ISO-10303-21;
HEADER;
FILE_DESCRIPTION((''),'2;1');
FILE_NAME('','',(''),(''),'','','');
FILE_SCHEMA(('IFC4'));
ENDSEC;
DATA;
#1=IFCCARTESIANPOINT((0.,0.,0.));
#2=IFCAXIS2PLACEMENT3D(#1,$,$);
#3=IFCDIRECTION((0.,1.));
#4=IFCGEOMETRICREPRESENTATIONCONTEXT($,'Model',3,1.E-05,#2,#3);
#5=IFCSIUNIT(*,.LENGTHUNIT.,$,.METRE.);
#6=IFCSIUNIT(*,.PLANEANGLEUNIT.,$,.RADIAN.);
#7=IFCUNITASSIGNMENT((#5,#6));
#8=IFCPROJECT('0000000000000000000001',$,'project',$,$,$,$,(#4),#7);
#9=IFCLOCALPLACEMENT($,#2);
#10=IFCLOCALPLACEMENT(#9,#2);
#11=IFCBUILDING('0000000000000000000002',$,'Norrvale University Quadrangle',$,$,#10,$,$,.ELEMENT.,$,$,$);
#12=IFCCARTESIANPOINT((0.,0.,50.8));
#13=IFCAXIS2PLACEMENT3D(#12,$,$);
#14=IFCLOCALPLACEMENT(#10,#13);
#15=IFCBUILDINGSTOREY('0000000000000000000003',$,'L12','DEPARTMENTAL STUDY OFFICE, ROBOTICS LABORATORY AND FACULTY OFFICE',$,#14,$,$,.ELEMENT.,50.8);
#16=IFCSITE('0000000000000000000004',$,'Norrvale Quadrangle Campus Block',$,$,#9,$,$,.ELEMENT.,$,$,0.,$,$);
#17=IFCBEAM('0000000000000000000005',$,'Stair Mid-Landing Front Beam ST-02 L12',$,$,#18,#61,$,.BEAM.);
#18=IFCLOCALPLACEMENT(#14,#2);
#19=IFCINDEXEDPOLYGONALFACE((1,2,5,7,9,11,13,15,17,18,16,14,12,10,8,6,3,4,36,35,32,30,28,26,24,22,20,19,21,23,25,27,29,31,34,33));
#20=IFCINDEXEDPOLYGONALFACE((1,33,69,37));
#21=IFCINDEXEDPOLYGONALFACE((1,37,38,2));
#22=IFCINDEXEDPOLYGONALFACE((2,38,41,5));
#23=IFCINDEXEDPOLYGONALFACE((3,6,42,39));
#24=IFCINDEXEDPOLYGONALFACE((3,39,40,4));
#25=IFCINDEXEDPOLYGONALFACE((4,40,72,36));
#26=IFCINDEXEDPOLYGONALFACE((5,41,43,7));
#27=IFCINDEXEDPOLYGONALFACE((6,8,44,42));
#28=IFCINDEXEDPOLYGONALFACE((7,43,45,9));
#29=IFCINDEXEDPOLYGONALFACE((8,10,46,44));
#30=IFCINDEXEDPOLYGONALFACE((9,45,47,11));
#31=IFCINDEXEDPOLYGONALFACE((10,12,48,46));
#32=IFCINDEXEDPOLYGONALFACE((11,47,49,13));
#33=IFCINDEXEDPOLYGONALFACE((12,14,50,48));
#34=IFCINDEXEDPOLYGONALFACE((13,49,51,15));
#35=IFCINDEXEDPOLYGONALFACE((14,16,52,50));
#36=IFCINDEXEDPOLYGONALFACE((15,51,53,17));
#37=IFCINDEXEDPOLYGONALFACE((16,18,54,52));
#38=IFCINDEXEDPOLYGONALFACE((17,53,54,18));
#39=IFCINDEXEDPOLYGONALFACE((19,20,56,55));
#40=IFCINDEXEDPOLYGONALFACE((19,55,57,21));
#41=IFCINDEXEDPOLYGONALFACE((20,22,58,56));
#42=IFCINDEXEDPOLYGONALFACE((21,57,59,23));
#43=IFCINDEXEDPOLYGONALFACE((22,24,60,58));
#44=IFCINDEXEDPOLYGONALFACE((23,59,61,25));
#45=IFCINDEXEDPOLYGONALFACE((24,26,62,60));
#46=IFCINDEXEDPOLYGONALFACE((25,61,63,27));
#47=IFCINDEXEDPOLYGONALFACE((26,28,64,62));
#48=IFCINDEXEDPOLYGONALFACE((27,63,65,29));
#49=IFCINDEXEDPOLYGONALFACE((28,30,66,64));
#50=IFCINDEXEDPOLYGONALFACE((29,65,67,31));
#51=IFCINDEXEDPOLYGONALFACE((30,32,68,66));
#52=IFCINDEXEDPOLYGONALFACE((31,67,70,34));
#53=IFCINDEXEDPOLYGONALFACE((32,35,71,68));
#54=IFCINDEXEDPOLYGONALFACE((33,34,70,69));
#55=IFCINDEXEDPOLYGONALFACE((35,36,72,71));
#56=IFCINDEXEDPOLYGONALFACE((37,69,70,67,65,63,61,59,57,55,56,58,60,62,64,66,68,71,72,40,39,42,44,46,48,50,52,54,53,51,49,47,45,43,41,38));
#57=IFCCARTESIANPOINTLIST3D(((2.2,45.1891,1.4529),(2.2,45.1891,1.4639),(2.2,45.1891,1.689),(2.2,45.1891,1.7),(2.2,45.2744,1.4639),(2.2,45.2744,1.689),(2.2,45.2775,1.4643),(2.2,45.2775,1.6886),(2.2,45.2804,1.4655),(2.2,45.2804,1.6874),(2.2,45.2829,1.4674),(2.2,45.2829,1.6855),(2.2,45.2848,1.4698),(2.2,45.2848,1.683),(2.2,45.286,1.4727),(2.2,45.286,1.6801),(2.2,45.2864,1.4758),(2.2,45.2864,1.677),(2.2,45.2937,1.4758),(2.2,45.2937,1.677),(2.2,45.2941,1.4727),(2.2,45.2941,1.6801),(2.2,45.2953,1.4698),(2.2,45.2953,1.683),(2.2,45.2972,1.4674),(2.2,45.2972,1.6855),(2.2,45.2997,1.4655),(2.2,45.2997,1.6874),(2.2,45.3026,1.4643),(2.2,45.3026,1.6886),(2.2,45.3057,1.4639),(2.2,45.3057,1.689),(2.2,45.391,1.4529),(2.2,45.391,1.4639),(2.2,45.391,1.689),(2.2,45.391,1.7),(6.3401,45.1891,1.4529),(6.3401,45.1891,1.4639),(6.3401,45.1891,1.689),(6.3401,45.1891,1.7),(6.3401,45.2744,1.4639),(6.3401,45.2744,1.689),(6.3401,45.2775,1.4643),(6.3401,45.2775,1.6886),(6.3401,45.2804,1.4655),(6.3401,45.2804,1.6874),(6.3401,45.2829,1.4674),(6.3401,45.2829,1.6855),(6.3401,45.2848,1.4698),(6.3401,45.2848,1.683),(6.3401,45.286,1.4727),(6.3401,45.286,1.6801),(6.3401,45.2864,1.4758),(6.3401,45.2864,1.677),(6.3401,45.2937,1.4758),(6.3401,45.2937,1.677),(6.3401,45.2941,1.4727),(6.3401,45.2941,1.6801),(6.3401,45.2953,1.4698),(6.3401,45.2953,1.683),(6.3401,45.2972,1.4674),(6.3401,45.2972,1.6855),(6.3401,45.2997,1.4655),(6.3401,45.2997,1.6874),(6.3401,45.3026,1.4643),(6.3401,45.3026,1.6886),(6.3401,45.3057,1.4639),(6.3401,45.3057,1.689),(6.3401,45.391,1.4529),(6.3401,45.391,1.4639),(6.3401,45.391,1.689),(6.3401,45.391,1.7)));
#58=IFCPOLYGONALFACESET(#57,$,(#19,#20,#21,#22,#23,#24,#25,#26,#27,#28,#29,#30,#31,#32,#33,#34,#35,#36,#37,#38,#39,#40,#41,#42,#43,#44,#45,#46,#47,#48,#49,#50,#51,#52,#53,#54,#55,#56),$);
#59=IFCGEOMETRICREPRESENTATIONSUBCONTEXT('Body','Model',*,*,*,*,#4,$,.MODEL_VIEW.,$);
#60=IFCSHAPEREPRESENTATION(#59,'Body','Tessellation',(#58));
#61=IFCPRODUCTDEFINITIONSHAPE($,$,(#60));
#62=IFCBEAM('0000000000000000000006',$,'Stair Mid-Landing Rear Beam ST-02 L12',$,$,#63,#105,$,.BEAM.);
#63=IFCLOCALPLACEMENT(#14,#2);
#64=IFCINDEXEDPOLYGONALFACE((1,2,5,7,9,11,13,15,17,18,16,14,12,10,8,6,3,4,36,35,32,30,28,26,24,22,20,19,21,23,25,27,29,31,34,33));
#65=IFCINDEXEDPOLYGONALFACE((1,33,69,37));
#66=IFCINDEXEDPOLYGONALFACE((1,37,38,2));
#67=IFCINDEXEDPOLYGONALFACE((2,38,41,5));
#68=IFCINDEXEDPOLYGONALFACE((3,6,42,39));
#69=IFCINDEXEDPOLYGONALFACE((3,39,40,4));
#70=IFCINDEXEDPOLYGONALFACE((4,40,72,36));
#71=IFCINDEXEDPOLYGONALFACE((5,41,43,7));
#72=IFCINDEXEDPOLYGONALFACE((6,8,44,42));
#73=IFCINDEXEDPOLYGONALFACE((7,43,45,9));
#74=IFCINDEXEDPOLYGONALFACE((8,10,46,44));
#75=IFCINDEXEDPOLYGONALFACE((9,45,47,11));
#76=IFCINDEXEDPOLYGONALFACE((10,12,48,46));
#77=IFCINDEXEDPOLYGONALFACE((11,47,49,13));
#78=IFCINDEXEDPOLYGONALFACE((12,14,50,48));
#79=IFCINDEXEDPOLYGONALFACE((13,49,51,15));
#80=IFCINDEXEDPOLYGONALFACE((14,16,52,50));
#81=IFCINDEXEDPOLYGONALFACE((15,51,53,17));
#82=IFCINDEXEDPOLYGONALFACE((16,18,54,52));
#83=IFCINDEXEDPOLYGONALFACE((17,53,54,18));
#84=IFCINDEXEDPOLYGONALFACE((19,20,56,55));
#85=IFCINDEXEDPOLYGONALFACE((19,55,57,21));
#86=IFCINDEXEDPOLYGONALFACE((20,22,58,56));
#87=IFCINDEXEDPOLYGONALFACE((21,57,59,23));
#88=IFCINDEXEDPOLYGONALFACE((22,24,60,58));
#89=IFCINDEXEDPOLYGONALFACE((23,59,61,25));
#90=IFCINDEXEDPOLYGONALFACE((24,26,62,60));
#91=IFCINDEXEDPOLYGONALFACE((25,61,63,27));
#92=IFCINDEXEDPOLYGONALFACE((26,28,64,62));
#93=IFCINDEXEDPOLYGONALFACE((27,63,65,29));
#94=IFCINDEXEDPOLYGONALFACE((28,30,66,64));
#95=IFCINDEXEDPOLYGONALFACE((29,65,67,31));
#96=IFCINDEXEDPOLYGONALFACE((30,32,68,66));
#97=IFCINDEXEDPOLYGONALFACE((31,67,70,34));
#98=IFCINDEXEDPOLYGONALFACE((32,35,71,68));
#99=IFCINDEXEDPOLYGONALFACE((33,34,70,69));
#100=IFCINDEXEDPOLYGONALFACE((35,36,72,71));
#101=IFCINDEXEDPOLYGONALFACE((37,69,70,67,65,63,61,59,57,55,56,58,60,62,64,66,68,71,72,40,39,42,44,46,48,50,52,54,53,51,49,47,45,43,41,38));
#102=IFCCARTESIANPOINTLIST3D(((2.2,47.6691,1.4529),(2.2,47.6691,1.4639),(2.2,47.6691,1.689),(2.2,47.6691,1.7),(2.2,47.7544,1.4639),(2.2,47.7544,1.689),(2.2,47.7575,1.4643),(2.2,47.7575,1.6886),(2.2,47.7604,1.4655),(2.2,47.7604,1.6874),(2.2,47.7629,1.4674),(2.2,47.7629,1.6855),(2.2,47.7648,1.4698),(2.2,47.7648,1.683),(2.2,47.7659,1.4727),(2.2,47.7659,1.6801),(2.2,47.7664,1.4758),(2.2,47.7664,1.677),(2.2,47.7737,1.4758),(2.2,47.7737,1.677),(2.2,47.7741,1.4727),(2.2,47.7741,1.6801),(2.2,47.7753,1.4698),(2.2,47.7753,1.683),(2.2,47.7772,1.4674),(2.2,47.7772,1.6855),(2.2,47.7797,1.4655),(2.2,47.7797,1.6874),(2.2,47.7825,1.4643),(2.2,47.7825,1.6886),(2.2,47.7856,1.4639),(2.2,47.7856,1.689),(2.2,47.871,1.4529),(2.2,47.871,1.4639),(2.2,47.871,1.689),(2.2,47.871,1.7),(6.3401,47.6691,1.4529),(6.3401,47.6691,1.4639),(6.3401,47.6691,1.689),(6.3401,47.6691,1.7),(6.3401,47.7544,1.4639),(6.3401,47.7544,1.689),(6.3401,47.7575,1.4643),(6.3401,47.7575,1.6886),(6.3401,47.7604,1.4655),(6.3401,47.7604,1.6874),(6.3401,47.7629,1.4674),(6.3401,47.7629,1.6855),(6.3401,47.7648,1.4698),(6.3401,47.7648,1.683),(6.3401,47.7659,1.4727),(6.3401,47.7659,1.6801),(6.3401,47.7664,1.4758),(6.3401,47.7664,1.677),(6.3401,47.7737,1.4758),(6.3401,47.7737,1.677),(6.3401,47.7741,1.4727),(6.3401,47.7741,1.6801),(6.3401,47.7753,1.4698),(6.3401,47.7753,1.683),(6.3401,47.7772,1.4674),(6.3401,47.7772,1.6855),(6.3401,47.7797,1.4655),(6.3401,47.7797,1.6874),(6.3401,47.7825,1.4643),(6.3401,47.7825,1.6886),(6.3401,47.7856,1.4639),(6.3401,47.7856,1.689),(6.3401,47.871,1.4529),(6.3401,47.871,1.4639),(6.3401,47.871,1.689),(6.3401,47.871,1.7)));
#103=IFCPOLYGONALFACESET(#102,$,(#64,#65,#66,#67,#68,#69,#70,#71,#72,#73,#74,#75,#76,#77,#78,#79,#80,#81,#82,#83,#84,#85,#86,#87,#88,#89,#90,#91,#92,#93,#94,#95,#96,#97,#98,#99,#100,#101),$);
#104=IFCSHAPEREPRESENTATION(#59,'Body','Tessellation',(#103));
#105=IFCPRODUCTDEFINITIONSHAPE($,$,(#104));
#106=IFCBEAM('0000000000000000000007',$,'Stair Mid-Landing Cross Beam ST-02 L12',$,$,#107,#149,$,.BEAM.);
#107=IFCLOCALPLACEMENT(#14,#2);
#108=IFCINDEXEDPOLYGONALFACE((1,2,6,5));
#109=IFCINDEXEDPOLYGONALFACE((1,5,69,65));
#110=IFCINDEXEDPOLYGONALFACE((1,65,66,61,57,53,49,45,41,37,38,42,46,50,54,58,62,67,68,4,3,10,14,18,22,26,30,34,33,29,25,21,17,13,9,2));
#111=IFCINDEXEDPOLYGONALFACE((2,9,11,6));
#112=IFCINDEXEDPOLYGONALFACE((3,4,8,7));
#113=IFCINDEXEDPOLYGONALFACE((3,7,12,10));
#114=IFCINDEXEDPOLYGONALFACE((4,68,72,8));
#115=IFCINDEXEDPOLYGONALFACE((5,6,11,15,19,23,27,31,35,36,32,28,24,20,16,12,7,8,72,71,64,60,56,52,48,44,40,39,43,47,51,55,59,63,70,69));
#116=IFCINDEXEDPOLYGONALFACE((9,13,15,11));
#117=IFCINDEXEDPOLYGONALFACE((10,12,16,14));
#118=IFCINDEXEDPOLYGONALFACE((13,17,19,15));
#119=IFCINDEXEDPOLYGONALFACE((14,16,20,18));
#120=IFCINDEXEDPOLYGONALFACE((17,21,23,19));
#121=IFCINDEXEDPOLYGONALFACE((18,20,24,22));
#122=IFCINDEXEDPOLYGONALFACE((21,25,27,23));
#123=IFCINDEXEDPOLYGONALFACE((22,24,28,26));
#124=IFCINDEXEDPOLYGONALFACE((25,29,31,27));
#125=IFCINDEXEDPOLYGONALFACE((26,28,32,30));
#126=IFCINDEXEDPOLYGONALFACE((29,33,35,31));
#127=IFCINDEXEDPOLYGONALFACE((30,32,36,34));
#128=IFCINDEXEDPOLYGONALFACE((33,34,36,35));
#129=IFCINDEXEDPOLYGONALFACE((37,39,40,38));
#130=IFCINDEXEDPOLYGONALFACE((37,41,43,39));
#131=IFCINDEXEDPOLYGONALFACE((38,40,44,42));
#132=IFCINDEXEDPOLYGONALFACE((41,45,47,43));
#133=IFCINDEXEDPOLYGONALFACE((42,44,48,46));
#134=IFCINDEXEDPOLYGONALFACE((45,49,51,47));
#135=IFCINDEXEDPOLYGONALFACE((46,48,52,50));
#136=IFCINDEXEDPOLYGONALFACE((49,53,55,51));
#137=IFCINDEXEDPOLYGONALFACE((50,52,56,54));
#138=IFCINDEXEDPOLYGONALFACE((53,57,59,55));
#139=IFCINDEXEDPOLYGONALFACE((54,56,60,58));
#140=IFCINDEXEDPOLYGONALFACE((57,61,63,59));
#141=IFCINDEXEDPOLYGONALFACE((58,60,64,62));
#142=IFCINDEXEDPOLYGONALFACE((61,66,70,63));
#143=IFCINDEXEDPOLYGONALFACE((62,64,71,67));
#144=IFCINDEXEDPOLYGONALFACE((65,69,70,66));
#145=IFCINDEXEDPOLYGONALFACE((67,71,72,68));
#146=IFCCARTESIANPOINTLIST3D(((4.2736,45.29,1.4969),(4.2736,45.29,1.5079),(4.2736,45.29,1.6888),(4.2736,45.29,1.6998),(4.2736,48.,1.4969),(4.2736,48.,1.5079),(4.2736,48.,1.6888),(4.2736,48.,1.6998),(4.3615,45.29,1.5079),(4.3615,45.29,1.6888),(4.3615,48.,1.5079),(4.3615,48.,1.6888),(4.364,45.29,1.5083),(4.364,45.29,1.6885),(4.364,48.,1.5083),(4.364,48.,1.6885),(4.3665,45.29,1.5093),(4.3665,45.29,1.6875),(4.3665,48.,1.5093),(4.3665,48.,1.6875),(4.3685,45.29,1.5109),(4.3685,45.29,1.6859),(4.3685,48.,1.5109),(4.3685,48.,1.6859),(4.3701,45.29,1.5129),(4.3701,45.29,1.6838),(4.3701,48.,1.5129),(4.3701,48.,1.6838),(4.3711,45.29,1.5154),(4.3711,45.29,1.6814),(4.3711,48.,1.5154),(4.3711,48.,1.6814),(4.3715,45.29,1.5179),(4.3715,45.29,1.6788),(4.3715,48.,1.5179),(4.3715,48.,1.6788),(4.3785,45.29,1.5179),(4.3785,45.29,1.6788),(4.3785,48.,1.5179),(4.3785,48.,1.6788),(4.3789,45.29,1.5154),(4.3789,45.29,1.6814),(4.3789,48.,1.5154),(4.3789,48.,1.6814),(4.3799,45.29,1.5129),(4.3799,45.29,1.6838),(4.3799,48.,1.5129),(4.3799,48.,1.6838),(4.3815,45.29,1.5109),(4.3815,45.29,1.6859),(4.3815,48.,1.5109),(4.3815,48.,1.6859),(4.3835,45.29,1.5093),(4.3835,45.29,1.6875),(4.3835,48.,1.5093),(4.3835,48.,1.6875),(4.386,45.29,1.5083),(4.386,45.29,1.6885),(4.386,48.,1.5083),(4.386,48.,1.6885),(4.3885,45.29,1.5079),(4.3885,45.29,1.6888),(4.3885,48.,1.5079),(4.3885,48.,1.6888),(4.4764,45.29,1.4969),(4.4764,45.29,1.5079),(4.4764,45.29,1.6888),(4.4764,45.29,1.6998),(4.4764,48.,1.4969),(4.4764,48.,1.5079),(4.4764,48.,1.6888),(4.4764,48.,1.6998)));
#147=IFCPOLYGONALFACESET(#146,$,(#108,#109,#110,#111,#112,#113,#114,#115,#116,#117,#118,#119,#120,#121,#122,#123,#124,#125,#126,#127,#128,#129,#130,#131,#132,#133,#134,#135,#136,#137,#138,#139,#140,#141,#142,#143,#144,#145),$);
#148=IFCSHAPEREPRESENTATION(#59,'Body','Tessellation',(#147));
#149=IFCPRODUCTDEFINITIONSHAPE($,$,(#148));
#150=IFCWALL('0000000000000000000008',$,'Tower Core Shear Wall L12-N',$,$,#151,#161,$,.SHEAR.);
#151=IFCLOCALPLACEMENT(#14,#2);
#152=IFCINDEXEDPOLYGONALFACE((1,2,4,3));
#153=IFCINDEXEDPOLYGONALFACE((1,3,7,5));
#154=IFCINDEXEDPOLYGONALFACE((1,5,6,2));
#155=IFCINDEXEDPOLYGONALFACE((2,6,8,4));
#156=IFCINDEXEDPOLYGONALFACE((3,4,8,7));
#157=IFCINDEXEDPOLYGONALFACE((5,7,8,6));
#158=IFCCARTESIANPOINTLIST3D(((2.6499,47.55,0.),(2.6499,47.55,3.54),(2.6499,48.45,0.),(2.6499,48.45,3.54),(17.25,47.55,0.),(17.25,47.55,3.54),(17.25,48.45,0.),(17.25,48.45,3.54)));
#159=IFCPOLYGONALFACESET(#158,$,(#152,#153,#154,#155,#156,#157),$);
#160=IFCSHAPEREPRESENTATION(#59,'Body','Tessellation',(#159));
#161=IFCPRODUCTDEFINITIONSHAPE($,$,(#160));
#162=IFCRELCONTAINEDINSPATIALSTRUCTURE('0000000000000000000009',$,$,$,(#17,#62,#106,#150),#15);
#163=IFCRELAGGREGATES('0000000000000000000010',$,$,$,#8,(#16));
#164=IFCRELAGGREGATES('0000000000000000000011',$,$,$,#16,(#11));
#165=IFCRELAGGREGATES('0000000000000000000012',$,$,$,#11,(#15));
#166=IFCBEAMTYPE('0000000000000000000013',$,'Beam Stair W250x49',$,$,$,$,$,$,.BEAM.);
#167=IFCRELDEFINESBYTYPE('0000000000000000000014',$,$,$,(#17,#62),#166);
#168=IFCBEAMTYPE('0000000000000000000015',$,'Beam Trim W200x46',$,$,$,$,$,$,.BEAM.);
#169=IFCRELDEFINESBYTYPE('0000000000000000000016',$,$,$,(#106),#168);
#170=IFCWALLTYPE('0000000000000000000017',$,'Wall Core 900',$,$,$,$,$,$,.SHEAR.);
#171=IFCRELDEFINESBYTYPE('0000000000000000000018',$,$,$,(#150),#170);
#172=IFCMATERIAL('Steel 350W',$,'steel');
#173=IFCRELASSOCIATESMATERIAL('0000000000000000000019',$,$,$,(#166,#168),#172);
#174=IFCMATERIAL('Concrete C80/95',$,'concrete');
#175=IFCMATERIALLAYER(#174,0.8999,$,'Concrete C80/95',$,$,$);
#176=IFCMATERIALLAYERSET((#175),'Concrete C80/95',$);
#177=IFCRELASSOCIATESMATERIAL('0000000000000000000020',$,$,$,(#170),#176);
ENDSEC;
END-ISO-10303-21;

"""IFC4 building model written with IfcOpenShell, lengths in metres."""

from ifc_helpers import new_model, si_unit, direction, frame, frame_2d, origin, origin_2d, place, context, subcontext, project, spatial, rectangle, i_section, extrude, material, layer, layer_set, material_profile, profile_set, type_object, element, save


model = new_model("IFC4")

# Units and contexts
model_context = context("Model", 3, precision=1e-05, world=origin(), true_north=direction((0.0, 1.0)))
body_context = subcontext(model_context, "Body", "Model", "MODEL_VIEW")
ifc_project = project(units=[si_unit("LENGTHUNIT", "METRE"), si_unit("PLANEANGLEUNIT", "RADIAN")], contexts=[model_context])

# Site, building, storey
site_placement = place(None, origin())
site = spatial("IfcSite", under=ifc_project, at=site_placement, Name="Norrvale Quadrangle Campus Block", CompositionType="ELEMENT", RefElevation=0.0)
building_placement = place(site_placement, origin())
building = spatial("IfcBuilding", under=site, at=building_placement, Name="Norrvale University Quadrangle", CompositionType="ELEMENT")
storey_placement = place(building_placement, frame((0.0, 0.0, 50.8)))
storey = spatial("IfcBuildingStorey", under=building, at=storey_placement, Name="L12", Description="DEPARTMENTAL STUDY OFFICE, ROBOTICS LABORATORY AND FACULTY OFFICE", CompositionType="ELEMENT", Elevation=50.8)

# Shared definitions
ifc_material_1 = material(Name="Concrete C80/95", Category="concrete")

# Beams
ifc_material_2 = material(Name="Steel 350W", Category="steel")
ifc_material_profile_1 = material_profile(ifc_material_2, i_section(OverallWidth=0.2019, OverallDepth=0.2471, WebThickness=0.0073, FlangeThickness=0.011, FilletRadius=0.012, at=origin_2d()), Name="Steel 350W")
ifc_profile_set_1 = profile_set([ifc_material_profile_1], Name="Steel 350W")
beam_type_1 = type_object("IfcBeamType", Name="Beam Stair W250x49", PredefinedType="BEAM", material=ifc_profile_set_1)
for number, where, z_axis, x_axis, name in (
    (1, (2.2, 45.29, 1.5764), (1.0, 0.0, 0.0), (0.0, 1.0, 0.0), "Stair Mid-Landing Front Beam ST-02 L12"),
    (2, (2.2, 47.77, 1.5764), (1.0, 0.0, 0.0), (0.0, 1.0, 0.0), "Stair Mid-Landing Rear Beam ST-02 L12"),
):
    element("IfcBeam", number, at=place(storey_placement, frame(where, z_axis=z_axis, x_axis=x_axis)), inside=storey, type_object=beam_type_1, Name=name, PredefinedType="BEAM", context=body_context, shape_type="SweptSolid", body=[
        extrude(i_section(OverallWidth=0.2019, OverallDepth=0.2471, WebThickness=0.0073, FlangeThickness=0.011, FilletRadius=0.012, at=origin_2d()), origin(), (0.0, 0.0, 1.0), 4.1401),
    ])
ifc_material_profile_2 = material_profile(ifc_material_2, i_section(OverallWidth=0.2029, OverallDepth=0.2029, WebThickness=0.0071, FlangeThickness=0.011, FilletRadius=0.01, at=origin_2d()), Name="Steel 350W")
ifc_profile_set_2 = profile_set([ifc_material_profile_2], Name="Steel 350W")
beam_type_2 = type_object("IfcBeamType", Name="Beam Trim W200x46", PredefinedType="BEAM", material=ifc_profile_set_2)
beam_1_placement = place(storey_placement, frame((4.375, 45.29, 1.5984), z_axis=(0.0, 1.0, 0.0), x_axis=(-1.0, 0.0, 0.0)))
element("IfcBeam", 3, at=beam_1_placement, inside=storey, type_object=beam_type_2, Name="Stair Mid-Landing Cross Beam ST-02 L12", PredefinedType="BEAM", context=body_context, shape_type="SweptSolid", body=[
    extrude(i_section(OverallWidth=0.2029, OverallDepth=0.2029, WebThickness=0.0071, FlangeThickness=0.011, FilletRadius=0.01, at=origin_2d()), origin(), (0.0, 0.0, 1.0), 2.71),
])

# Wall
ifc_layer_1 = layer(ifc_material_1, 0.8999, Name="Concrete C80/95")
ifc_layer_set_1 = layer_set([ifc_layer_1], Name="Concrete C80/95")
wall_type_1 = type_object("IfcWallType", Name="Wall Core 900", PredefinedType="SHEAR", material=ifc_layer_set_1)
wall_1_placement = place(storey_placement, frame((2.6499, 48.0, 0.0), z_axis=(0.0, 0.0, 1.0), x_axis=(1.0, 0.0, 0.0)))
element("IfcWall", 4, at=wall_1_placement, inside=storey, type_object=wall_type_1, Name="Tower Core Shear Wall L12-N", PredefinedType="SHEAR", context=body_context, shape_type="SweptSolid", body=[
    extrude(rectangle(XDim=14.6001, YDim=0.8999, at=frame_2d((7.3, 0.0))), origin(), (0.0, 0.0, 1.0), 3.54),
])

save(model, "model.ifc")
